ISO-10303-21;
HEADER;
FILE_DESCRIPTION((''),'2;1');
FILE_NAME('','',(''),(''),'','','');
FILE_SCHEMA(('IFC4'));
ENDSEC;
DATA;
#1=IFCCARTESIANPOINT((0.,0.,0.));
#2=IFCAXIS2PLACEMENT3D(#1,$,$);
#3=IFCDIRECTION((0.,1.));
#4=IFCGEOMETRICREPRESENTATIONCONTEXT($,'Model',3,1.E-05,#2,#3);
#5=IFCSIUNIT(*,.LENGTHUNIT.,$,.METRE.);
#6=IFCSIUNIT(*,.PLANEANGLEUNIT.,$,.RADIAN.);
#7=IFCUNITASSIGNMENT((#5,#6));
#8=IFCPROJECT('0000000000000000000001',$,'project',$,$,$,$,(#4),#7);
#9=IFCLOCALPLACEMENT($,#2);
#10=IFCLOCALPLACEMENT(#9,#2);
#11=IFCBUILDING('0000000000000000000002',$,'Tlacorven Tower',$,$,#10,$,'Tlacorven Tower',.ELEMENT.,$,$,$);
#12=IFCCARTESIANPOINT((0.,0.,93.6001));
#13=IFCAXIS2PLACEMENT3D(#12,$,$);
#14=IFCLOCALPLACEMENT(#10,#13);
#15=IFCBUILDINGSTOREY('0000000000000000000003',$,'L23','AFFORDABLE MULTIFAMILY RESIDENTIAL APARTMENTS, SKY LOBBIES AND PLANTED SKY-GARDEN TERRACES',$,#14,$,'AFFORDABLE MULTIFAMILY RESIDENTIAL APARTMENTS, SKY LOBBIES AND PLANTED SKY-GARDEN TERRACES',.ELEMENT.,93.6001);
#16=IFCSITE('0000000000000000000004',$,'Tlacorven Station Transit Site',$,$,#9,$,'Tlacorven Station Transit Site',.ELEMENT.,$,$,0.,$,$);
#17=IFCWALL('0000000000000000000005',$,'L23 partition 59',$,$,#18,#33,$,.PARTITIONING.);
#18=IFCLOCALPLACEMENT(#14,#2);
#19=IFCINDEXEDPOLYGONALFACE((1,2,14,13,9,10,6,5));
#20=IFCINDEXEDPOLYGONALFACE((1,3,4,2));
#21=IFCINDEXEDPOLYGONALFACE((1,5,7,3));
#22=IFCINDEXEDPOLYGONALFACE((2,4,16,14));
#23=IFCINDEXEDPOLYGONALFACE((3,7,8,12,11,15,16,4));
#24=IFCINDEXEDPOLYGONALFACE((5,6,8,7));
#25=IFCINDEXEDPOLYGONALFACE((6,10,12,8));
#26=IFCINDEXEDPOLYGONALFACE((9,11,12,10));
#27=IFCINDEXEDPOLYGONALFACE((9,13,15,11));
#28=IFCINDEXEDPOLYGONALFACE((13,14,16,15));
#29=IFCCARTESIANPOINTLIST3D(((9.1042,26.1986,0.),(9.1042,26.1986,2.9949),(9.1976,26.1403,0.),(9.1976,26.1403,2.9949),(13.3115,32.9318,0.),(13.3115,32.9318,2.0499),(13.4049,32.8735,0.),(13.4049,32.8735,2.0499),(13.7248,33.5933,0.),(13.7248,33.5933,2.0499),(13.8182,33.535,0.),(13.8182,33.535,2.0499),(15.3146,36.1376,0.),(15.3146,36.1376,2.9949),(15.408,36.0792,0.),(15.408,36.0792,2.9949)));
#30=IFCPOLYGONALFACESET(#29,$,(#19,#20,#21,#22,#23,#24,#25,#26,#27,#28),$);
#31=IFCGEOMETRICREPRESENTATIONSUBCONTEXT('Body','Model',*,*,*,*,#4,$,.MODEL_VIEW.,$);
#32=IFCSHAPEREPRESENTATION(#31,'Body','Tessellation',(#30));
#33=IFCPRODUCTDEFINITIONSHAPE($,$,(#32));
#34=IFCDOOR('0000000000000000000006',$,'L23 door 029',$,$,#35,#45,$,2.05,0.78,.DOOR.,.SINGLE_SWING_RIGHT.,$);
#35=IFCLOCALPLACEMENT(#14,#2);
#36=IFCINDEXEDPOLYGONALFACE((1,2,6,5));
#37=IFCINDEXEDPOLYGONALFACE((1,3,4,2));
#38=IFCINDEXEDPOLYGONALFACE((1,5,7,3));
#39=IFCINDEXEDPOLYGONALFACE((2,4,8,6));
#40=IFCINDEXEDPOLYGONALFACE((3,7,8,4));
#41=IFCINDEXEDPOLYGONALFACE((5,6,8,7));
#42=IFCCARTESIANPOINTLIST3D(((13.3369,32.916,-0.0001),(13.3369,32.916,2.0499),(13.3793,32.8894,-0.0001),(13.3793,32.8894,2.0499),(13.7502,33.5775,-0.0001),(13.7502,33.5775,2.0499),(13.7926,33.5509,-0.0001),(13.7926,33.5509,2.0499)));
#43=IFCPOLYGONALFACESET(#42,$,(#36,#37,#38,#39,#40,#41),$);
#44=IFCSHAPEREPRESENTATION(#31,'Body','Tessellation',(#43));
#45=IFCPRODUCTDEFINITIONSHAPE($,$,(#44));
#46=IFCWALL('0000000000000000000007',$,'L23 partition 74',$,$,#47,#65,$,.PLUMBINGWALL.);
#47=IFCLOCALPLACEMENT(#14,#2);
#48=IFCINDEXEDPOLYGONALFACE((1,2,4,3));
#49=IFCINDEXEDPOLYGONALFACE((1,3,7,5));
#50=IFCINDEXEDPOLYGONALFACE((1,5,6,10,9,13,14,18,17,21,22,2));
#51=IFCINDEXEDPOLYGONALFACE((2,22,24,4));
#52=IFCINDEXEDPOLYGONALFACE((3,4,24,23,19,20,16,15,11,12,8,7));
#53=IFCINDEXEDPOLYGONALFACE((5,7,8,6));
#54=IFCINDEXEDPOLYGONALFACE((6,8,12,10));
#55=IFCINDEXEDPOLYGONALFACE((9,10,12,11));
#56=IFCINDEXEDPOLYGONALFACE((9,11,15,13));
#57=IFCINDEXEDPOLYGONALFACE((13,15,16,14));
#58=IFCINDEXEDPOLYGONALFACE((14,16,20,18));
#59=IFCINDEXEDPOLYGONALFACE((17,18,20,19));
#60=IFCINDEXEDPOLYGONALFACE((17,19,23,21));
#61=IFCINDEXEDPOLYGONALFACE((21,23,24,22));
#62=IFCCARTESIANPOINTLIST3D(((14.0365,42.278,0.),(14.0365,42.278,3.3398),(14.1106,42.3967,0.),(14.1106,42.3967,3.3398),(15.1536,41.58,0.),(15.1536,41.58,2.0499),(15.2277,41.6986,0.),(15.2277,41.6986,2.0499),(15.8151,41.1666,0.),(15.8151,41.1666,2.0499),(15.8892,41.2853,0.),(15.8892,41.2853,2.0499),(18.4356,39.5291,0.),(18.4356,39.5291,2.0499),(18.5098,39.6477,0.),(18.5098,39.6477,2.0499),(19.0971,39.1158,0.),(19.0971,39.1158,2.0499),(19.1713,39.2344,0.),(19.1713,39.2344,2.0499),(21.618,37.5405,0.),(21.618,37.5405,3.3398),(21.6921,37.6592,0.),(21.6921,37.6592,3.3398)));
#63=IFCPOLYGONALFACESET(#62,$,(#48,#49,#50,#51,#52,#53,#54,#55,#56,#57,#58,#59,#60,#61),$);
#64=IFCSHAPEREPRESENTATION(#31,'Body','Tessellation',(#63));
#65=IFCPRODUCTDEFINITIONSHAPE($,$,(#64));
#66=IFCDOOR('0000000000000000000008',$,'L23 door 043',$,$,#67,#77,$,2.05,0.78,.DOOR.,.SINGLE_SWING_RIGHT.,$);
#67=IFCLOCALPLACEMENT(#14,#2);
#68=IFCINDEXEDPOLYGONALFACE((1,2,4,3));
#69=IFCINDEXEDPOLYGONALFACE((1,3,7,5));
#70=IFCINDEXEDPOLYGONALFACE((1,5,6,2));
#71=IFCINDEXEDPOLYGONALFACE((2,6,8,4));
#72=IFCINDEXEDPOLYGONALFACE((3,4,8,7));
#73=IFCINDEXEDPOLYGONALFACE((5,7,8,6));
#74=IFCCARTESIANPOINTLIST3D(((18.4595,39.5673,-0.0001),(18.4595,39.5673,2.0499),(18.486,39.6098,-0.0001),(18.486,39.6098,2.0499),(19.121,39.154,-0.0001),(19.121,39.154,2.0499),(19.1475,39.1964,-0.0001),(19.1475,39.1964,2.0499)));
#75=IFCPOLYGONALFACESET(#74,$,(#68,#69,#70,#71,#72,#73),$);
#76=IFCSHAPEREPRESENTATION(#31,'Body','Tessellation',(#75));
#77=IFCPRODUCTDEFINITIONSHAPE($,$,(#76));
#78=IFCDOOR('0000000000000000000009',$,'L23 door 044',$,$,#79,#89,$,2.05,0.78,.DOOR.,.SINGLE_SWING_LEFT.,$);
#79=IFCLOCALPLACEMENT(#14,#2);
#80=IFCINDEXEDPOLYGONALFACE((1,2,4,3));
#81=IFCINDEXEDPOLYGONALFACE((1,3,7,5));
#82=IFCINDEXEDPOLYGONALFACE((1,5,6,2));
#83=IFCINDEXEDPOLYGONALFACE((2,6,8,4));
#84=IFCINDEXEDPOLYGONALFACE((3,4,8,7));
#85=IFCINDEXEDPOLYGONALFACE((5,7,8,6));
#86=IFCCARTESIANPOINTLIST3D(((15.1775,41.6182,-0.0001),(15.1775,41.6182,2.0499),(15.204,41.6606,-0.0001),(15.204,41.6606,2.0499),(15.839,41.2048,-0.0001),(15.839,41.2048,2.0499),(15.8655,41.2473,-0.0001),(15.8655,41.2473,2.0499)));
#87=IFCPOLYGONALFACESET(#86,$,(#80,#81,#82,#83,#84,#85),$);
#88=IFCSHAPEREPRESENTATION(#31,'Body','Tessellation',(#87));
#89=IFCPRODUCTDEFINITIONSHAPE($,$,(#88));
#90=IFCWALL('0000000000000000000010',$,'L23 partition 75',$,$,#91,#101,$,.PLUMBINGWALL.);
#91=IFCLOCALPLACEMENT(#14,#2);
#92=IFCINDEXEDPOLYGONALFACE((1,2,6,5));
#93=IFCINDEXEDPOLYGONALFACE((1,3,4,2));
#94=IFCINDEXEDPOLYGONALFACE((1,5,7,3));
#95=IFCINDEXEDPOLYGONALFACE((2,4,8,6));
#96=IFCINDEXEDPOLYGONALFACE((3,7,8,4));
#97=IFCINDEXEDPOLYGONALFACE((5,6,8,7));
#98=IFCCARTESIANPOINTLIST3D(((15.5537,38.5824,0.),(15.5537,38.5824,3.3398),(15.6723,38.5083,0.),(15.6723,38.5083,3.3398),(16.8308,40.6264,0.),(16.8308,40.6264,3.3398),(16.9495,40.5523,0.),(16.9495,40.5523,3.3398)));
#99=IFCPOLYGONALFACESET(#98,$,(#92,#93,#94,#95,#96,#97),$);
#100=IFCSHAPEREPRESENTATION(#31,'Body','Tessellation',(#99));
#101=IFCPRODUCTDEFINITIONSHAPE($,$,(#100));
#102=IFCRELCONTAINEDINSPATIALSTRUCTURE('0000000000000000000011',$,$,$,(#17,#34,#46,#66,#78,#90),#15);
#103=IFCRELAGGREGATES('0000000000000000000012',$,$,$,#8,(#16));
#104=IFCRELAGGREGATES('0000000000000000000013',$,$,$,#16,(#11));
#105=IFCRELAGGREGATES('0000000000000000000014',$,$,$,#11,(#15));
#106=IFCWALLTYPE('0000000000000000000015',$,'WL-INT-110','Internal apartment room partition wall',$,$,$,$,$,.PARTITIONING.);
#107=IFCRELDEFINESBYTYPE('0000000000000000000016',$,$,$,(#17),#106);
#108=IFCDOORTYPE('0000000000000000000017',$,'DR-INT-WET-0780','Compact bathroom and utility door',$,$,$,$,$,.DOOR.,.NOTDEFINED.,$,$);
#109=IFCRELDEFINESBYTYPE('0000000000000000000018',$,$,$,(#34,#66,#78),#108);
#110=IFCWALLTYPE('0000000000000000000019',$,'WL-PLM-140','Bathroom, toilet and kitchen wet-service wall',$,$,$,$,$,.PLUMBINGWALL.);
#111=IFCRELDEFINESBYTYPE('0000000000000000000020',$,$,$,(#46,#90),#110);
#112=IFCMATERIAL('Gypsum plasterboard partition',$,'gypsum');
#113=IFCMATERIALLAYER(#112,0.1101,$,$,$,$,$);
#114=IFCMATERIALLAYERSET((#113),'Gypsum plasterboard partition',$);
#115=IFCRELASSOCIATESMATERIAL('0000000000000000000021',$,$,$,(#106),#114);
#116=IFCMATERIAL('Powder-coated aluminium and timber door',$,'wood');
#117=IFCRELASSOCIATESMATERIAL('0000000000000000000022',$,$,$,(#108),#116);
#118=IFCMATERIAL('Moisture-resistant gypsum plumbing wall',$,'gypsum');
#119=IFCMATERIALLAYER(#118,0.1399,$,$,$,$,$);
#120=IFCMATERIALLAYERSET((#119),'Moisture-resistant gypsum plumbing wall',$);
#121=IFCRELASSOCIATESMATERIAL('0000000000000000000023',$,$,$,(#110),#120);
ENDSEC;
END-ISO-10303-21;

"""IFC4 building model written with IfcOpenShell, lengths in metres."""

from ifc_helpers import new_model, si_unit, direction, frame, frame_2d, origin, place, context, subcontext, project, spatial, rectangle, extrude, source, transform, mapped, material, layer, layer_set, type_object, element, fill, save


model = new_model("IFC4")

# Units and contexts
model_context = context("Model", 3, precision=1e-05, world=origin(), true_north=direction((0.0, 1.0)))
body_context = subcontext(model_context, "Body", "Model", "MODEL_VIEW")
ifc_project = project(units=[si_unit("LENGTHUNIT", "METRE"), si_unit("PLANEANGLEUNIT", "RADIAN")], contexts=[model_context])

# Site, building, storey
site_placement = place(None, origin())
site = spatial("IfcSite", under=ifc_project, at=site_placement, Name="Tlacorven Station Transit Site", LongName="Tlacorven Station Transit Site", CompositionType="ELEMENT", RefElevation=0.0)
building_placement = place(site_placement, origin())
building = spatial("IfcBuilding", under=site, at=building_placement, Name="Tlacorven Tower", LongName="Tlacorven Tower", CompositionType="ELEMENT")
storey_placement = place(building_placement, frame((0.0, 0.0, 93.6001)))
storey = spatial("IfcBuildingStorey", under=building, at=storey_placement, Name="L23", Description="AFFORDABLE MULTIFAMILY RESIDENTIAL APARTMENTS, SKY LOBBIES AND PLANTED SKY-GARDEN TERRACES", LongName="AFFORDABLE MULTIFAMILY RESIDENTIAL APARTMENTS, SKY LOBBIES AND PLANTED SKY-GARDEN TERRACES", CompositionType="ELEMENT", Elevation=93.6001)

# Wall, opening, door
ifc_material_1 = material(Name="Gypsum plasterboard partition", Category="gypsum")
ifc_layer_1 = layer(ifc_material_1, 0.1101)
ifc_layer_set_1 = layer_set([ifc_layer_1], Name="Gypsum plasterboard partition")
wall_type_1 = type_object("IfcWallType", Name="WL-INT-110", Description="Internal apartment room partition wall", PredefinedType="PARTITIONING", material=ifc_layer_set_1)
wall_1_placement = place(storey_placement, frame((15.3613, 36.1084, 0.0), z_axis=(0.0, 0.0, 1.0), x_axis=(-0.529913, -0.848052, 0.0)))
wall_1 = element("IfcWall", 1, at=wall_1_placement, inside=storey, type_object=wall_type_1, Name="L23 partition 59", PredefinedType="PARTITIONING", context=body_context, shape_type="SweptSolid", body=[
    extrude(rectangle(XDim=11.7197, YDim=0.1101, at=frame_2d((5.8599, 0.0))), origin(), (0.0, 0.0, 1.0), 2.9949),
])
opening_1_placement = place(wall_1_placement, frame((3.0, 0.0, 0.0)))
opening_1 = element("IfcOpeningElement", 2, at=opening_1_placement, cuts=wall_1, PredefinedType="OPENING", context=body_context, shape_type="SweptSolid", body=[
    extrude(rectangle(XDim=0.78, YDim=2.05, at=frame_2d((0.3901, 1.0249))), frame((0.0, 0.0649, 0.0), z_axis=(0.0, -1.0, 0.0), x_axis=(1.0, 0.0, 0.0)), (0.0, 0.0, 1.0), 0.1301),
])
ifc_material_2 = material(Name="Powder-coated aluminium and timber door", Category="wood")
door_type = type_object("IfcDoorType", Name="DR-INT-WET-0780", Description="Compact bathroom and utility door", OperationType="NOTDEFINED", PredefinedType="DOOR", material=ifc_material_2)
shared_shape_1 = source(origin(), body_context, "Body", "SweptSolid", [
    extrude(rectangle(XDim=0.78, YDim=2.05, at=frame_2d((0.3901, 1.0249))), frame((0.0, 0.0249, 0.0), z_axis=(0.0, -1.0, 0.0), x_axis=(1.0, 0.0, 0.0)), (0.0, 0.0, 1.0), 0.05),
])
door_1_placement = place(opening_1_placement, origin())
door_1 = element("IfcDoor", 3, at=door_1_placement, inside=storey, type_object=door_type, Name="L23 door 029", OperationType="SINGLE_SWING_RIGHT", OverallHeight=2.05, OverallWidth=0.78, PredefinedType="DOOR", context=body_context, shape_type="MappedRepresentation", body=[
    mapped(shared_shape_1, transform((0.0, 0.0, 0.0), scale=1.0)),
])
fill(opening_1, door_1)

# Wall, openings, doors
ifc_material_3 = material(Name="Moisture-resistant gypsum plumbing wall", Category="gypsum")
ifc_layer_2 = layer(ifc_material_3, 0.1399)
ifc_layer_set_2 = layer_set([ifc_layer_2], Name="Moisture-resistant gypsum plumbing wall")
wall_type_2 = type_object("IfcWallType", Name="WL-PLM-140", Description="Bathroom, toilet and kitchen wet-service wall", PredefinedType="PLUMBINGWALL", material=ifc_layer_set_2)
wall_2_placement = place(storey_placement, frame((21.655, 37.5999, 0.0), z_axis=(0.0, 0.0, 1.0), x_axis=(-0.848044, 0.529925, 0.0)))
wall_2 = element("IfcWall", 4, at=wall_2_placement, inside=storey, type_object=wall_type_2, Name="L23 partition 74", PredefinedType="PLUMBINGWALL", context=body_context, shape_type="SweptSolid", body=[
    extrude(rectangle(XDim=8.9399, YDim=0.1399, at=frame_2d((4.47, 0.0))), origin(), (0.0, 0.0, 1.0), 3.3398),
])
opening_2_placement = place(wall_2_placement, frame((2.9724, 0.0, 0.0)))
opening_2 = element("IfcOpeningElement", 5, at=opening_2_placement, cuts=wall_2, PredefinedType="OPENING", context=body_context, shape_type="SweptSolid", body=[
    extrude(rectangle(XDim=0.78, YDim=2.05, at=frame_2d((0.3901, 1.0249))), frame((0.0, 0.0801, 0.0), z_axis=(0.0, -1.0, 0.0), x_axis=(1.0, 0.0, 0.0)), (0.0, 0.0, 1.0), 0.1599),
])
opening_3_placement = place(wall_2_placement, frame((6.8425, 0.0, 0.0)))
opening_3 = element("IfcOpeningElement", 6, at=opening_3_placement, cuts=wall_2, PredefinedType="OPENING", context=body_context, shape_type="SweptSolid", body=[
    extrude(rectangle(XDim=0.78, YDim=2.05, at=frame_2d((0.3901, 1.0249))), frame((0.0, 0.0801, 0.0), z_axis=(0.0, -1.0, 0.0), x_axis=(1.0, 0.0, 0.0)), (0.0, 0.0, 1.0), 0.1599),
])
door_2_placement = place(opening_2_placement, origin())
door_2 = element("IfcDoor", 7, at=door_2_placement, inside=storey, type_object=door_type, Name="L23 door 043", OperationType="SINGLE_SWING_RIGHT", OverallHeight=2.05, OverallWidth=0.78, PredefinedType="DOOR", context=body_context, shape_type="MappedRepresentation", body=[
    mapped(shared_shape_1, transform((0.0, 0.0, 0.0), scale=1.0)),
])
fill(opening_2, door_2)
door_3_placement = place(opening_3_placement, origin())
door_3 = element("IfcDoor", 8, at=door_3_placement, inside=storey, type_object=door_type, Name="L23 door 044", OperationType="SINGLE_SWING_LEFT", OverallHeight=2.05, OverallWidth=0.78, PredefinedType="DOOR", context=body_context, shape_type="MappedRepresentation", body=[
    mapped(shared_shape_1, transform((0.0, 0.0, 0.0), scale=1.0)),
])
fill(opening_3, door_3)

# Wall
wall_3_placement = place(storey_placement, frame((16.8901, 40.5894, 0.0), z_axis=(0.0, 0.0, 1.0), x_axis=(-0.52989, -0.848067, 0.0)))
element("IfcWall", 9, at=wall_3_placement, inside=storey, type_object=wall_type_2, Name="L23 partition 75", PredefinedType="PLUMBINGWALL", context=body_context, shape_type="SweptSolid", body=[
    extrude(rectangle(XDim=2.4102, YDim=0.1399, at=frame_2d((1.2051, 0.0))), origin(), (0.0, 0.0, 1.0), 3.3398),
])

save(model, "model.ifc")
